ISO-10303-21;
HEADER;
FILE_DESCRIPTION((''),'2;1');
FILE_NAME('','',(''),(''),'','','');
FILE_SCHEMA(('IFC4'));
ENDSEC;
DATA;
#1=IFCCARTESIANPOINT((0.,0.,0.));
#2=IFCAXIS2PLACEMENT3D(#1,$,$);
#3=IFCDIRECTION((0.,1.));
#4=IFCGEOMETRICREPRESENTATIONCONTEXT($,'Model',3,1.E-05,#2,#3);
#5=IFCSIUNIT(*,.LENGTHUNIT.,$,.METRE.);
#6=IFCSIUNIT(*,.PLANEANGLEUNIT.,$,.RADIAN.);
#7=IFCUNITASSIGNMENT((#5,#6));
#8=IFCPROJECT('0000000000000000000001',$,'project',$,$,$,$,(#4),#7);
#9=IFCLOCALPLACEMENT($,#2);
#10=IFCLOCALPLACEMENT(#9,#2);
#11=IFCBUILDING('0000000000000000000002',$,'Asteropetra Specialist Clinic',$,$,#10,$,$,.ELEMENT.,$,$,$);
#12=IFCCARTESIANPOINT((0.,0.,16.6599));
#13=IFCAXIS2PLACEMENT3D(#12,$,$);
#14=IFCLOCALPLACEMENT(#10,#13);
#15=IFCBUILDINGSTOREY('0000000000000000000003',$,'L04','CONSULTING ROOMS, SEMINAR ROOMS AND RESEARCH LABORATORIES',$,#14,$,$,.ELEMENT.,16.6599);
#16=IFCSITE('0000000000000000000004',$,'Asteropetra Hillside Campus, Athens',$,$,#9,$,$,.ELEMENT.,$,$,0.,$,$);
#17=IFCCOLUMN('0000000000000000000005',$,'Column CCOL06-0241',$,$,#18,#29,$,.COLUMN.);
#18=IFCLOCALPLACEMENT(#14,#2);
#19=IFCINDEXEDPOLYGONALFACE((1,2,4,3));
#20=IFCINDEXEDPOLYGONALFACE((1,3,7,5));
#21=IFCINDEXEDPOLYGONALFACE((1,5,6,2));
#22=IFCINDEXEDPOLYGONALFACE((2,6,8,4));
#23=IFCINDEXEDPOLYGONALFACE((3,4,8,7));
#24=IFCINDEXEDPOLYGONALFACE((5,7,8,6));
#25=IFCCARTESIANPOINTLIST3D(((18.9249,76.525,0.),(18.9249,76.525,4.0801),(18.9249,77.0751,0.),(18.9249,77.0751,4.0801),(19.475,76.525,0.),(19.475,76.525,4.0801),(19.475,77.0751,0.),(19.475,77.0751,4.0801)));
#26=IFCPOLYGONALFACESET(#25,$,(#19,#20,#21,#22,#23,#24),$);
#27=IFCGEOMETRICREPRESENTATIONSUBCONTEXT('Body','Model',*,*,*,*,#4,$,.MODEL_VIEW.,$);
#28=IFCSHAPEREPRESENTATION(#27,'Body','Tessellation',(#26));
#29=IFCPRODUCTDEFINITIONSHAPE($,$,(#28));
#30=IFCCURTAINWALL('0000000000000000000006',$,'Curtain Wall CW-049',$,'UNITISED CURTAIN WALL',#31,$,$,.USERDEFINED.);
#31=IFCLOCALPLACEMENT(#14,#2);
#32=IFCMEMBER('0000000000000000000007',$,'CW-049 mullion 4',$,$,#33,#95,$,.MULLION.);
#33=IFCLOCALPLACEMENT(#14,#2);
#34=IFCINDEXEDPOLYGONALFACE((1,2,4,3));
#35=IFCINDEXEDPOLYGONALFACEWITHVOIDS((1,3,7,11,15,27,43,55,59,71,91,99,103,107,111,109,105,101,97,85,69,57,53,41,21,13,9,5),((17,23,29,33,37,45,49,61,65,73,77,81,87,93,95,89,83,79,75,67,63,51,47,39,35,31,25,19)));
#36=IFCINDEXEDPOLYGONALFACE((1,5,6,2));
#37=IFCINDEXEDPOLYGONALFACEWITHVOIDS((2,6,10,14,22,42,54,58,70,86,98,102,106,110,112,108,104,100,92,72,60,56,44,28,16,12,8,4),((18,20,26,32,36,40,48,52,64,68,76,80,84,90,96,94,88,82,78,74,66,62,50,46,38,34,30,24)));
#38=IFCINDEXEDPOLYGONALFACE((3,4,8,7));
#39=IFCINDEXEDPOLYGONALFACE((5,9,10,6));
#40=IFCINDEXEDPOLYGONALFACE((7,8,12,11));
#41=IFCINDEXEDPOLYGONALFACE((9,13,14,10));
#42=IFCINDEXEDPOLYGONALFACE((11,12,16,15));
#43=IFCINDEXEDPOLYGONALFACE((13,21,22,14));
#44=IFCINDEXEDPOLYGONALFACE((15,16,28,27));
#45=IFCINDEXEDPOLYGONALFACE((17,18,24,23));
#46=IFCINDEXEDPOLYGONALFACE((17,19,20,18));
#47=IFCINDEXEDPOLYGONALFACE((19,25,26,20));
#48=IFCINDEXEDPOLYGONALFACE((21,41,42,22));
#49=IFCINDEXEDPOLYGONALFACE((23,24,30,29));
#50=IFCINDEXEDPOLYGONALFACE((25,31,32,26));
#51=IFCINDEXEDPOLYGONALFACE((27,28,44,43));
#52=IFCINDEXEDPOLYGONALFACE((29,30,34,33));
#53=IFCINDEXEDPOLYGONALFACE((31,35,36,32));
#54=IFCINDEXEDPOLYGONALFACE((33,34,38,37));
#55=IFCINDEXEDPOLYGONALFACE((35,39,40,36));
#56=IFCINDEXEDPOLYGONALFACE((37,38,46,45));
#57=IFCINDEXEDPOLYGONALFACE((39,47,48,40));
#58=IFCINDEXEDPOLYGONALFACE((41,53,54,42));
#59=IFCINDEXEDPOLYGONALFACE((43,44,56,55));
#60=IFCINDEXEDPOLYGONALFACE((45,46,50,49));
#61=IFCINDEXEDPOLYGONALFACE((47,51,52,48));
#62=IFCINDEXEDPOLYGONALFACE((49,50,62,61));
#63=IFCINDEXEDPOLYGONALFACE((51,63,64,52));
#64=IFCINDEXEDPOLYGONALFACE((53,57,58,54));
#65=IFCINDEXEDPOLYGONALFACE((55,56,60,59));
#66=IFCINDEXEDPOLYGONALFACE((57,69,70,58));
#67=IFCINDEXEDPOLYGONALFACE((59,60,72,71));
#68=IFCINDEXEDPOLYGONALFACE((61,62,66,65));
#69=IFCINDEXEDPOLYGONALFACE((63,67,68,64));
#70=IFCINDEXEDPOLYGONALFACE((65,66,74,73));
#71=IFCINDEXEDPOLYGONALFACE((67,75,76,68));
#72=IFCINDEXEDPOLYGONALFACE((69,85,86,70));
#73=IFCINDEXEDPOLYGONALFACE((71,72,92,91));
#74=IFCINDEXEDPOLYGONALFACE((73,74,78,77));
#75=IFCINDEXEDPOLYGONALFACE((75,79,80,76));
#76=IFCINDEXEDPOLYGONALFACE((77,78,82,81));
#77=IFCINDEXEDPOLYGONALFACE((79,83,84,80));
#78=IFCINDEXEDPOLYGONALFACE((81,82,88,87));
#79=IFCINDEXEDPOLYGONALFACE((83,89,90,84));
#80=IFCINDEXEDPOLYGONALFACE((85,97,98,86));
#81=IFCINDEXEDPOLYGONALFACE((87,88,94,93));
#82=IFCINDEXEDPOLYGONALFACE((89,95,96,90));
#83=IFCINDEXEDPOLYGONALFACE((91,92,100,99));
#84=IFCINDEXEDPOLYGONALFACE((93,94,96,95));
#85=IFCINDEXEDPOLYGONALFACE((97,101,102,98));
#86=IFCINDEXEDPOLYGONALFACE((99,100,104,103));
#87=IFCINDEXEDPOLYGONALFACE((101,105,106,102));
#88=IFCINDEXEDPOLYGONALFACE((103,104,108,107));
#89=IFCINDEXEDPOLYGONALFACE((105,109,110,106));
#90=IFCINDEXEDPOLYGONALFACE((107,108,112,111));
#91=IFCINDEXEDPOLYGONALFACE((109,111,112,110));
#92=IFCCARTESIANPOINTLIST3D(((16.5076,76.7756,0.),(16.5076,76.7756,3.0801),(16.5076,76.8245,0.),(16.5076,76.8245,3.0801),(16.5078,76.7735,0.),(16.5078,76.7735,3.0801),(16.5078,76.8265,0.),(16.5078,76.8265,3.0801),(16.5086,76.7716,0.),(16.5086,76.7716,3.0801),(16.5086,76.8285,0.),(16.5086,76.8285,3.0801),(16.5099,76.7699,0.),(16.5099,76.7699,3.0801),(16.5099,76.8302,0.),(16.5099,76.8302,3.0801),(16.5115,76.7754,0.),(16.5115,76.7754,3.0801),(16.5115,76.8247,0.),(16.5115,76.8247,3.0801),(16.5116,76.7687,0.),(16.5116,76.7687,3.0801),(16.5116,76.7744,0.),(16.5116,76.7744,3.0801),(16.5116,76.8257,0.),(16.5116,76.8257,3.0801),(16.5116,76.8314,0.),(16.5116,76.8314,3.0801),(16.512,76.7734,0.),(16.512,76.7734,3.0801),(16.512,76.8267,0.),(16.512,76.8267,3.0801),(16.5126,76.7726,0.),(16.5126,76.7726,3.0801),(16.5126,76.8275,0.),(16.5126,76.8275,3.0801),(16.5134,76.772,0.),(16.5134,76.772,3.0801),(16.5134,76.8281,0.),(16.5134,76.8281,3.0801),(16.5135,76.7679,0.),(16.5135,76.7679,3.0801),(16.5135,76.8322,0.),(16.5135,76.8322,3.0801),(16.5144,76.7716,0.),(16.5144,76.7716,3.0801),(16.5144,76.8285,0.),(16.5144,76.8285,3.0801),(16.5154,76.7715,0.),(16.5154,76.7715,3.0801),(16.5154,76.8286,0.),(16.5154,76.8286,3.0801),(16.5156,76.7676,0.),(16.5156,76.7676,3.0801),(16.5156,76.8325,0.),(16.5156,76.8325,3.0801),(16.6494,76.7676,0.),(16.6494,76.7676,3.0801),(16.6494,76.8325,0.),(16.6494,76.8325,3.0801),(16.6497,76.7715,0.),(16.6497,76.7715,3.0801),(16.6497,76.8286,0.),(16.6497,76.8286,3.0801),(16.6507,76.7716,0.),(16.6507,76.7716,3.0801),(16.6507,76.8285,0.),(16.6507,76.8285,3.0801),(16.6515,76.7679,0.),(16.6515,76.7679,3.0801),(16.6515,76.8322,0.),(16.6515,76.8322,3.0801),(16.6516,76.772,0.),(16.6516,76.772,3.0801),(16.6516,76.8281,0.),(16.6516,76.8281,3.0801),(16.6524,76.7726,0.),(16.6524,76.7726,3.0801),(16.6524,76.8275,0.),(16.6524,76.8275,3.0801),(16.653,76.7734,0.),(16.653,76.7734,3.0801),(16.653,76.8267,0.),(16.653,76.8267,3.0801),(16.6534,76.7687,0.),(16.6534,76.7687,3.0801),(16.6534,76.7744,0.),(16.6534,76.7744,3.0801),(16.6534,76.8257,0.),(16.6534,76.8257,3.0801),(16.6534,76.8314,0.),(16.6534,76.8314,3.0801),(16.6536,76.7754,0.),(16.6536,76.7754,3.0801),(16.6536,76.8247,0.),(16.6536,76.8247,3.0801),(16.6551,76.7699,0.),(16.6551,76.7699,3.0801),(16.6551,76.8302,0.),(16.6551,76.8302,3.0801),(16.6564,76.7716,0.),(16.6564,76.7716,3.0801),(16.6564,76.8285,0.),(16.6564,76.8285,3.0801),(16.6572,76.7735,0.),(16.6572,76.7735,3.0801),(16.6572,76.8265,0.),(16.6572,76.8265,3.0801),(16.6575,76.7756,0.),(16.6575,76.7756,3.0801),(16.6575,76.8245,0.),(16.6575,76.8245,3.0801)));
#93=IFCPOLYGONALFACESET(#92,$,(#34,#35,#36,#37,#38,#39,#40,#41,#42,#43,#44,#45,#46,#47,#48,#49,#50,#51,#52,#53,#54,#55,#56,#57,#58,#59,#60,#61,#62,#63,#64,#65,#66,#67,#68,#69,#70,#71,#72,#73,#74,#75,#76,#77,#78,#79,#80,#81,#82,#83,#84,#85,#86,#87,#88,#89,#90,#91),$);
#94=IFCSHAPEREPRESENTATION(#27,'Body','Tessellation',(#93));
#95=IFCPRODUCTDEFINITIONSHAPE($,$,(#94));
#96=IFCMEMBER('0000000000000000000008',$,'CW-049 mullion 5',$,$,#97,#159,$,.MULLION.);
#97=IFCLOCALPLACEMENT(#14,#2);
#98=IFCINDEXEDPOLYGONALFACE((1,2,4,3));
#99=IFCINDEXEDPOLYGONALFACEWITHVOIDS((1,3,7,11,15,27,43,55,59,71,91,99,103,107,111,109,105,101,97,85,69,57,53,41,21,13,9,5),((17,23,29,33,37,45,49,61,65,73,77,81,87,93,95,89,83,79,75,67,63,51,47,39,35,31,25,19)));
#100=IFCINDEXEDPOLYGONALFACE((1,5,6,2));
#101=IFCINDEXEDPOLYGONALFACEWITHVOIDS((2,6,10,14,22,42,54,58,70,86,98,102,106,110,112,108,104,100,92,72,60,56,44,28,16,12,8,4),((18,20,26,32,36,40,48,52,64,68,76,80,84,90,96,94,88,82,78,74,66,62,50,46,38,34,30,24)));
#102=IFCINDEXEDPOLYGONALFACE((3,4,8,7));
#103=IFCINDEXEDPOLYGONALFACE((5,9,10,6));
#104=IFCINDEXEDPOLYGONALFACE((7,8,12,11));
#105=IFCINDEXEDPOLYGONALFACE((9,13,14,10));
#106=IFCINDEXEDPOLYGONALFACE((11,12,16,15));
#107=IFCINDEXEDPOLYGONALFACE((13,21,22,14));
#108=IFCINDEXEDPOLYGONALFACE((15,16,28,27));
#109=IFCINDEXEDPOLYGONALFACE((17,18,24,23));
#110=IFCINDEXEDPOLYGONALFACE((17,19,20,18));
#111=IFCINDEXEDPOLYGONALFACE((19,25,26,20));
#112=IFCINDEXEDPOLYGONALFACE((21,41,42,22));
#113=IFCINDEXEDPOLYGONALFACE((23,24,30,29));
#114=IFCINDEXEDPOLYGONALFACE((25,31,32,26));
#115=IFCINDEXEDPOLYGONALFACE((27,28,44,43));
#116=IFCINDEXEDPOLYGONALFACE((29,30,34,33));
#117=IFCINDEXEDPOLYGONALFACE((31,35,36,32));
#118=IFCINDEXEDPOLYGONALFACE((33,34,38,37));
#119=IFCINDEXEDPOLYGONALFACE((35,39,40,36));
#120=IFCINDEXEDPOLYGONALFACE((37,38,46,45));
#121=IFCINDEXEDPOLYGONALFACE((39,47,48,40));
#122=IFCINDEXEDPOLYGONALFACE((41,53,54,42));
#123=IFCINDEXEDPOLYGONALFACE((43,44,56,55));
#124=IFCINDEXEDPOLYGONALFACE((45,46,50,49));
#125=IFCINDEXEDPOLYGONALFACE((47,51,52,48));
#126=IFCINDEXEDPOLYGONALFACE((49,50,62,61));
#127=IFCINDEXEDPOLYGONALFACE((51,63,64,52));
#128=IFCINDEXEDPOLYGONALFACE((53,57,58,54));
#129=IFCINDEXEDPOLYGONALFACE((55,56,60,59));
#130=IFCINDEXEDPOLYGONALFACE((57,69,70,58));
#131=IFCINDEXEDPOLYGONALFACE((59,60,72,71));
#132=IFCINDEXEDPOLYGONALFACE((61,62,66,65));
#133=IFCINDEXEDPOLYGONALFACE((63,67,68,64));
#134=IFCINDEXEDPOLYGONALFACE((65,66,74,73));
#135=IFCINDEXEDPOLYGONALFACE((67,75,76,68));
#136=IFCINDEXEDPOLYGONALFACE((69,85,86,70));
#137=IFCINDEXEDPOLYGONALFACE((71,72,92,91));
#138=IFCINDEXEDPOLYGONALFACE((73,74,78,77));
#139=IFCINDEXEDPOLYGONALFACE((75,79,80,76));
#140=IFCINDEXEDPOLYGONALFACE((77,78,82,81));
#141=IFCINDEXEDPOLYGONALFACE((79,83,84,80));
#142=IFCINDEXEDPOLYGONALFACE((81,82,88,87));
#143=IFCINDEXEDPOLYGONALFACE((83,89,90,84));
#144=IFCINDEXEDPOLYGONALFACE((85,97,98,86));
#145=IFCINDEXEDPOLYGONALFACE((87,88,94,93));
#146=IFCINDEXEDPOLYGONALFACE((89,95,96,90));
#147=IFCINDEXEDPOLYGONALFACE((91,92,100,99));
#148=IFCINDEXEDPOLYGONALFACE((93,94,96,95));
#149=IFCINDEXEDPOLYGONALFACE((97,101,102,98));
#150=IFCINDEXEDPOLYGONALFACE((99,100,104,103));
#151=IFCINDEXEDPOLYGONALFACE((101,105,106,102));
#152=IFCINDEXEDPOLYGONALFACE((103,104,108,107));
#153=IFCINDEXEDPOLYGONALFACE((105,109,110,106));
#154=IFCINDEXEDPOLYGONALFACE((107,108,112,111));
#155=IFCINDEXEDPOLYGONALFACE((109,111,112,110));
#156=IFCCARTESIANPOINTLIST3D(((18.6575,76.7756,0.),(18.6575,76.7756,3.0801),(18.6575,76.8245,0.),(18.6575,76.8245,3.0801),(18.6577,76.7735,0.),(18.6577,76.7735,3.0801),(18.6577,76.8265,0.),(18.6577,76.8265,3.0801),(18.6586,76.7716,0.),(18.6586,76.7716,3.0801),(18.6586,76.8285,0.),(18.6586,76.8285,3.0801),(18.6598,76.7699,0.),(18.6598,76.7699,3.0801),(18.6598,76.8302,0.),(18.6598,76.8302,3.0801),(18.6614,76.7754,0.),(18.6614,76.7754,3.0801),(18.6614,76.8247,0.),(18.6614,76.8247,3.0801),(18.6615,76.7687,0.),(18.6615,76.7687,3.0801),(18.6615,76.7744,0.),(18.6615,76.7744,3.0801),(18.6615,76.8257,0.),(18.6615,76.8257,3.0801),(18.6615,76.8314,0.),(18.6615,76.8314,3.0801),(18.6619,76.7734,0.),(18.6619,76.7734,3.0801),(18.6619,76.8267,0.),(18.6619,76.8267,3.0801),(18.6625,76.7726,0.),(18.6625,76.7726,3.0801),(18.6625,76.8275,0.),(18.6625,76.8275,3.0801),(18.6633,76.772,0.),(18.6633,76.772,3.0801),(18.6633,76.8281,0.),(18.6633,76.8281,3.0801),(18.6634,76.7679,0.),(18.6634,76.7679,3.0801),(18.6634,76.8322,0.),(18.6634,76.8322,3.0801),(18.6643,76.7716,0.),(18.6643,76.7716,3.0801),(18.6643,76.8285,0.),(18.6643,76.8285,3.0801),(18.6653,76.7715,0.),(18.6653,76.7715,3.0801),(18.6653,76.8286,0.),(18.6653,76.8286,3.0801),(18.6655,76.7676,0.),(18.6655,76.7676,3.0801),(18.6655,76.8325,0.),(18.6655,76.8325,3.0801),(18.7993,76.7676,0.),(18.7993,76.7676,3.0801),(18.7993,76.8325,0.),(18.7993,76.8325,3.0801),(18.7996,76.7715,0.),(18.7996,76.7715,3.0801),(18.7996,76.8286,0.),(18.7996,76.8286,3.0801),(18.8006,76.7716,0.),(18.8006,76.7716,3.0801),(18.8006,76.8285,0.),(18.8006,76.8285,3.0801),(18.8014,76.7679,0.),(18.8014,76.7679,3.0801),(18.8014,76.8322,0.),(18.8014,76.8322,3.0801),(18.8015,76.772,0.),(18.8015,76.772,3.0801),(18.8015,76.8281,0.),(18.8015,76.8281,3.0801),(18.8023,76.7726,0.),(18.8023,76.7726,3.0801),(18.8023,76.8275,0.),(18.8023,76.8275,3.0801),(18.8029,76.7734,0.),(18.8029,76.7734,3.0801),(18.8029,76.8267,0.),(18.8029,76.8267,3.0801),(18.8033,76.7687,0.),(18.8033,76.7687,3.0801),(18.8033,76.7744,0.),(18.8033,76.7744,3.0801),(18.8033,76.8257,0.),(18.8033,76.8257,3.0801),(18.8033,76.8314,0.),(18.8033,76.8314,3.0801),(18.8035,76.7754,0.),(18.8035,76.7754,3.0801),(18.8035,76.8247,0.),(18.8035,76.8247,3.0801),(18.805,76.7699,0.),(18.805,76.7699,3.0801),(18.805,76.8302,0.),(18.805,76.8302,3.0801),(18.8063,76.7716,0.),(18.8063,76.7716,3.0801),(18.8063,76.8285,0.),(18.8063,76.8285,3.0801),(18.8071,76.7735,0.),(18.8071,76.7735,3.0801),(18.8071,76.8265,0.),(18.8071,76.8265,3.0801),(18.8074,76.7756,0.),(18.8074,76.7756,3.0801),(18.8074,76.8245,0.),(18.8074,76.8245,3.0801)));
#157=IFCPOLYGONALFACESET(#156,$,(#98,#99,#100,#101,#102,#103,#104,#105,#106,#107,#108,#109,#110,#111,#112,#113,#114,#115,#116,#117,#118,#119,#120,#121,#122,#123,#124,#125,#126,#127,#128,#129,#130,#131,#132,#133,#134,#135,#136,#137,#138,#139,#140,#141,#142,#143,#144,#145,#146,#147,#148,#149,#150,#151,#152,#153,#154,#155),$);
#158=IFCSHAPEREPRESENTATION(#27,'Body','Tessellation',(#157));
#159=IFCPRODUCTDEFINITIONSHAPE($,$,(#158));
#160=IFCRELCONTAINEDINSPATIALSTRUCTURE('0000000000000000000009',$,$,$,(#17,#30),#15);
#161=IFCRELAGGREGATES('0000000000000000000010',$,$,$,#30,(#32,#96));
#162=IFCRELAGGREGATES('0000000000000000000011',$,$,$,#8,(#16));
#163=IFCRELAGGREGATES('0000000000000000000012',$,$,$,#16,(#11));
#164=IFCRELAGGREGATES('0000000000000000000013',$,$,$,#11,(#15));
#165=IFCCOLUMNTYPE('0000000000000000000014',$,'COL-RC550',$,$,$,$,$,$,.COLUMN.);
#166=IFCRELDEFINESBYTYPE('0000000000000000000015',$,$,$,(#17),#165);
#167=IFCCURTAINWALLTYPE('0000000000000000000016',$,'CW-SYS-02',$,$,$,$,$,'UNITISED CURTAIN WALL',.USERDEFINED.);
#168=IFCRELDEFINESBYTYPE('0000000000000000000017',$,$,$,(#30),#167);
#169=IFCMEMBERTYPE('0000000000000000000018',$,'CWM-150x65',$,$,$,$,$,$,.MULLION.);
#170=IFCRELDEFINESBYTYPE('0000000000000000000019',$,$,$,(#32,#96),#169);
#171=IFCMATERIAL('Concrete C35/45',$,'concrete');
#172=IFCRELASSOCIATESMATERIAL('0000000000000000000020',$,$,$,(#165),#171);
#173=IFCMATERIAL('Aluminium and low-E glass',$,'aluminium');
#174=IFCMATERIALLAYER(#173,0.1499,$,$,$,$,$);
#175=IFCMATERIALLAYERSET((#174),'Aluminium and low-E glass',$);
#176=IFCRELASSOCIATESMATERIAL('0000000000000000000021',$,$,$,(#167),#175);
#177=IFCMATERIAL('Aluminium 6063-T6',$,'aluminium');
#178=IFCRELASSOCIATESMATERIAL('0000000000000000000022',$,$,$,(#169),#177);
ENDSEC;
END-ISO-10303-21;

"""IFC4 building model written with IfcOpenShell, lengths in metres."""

from ifc_helpers import new_model, si_unit, direction, frame, origin, origin_2d, place, context, subcontext, project, spatial, rectangle, hollow_rectangle, extrude, material, layer, layer_set, material_profile, profile_set, type_object, element, aggregate, save


model = new_model("IFC4")

# Units and contexts
model_context = context("Model", 3, precision=1e-05, world=origin(), true_north=direction((0.0, 1.0)))
body_context = subcontext(model_context, "Body", "Model", "MODEL_VIEW")
ifc_project = project(units=[si_unit("LENGTHUNIT", "METRE"), si_unit("PLANEANGLEUNIT", "RADIAN")], contexts=[model_context])

# Site, building, storey
site_placement = place(None, origin())
site = spatial("IfcSite", under=ifc_project, at=site_placement, Name="Asteropetra Hillside Campus, Athens", CompositionType="ELEMENT", RefElevation=0.0)
building_placement = place(site_placement, origin())
building = spatial("IfcBuilding", under=site, at=building_placement, Name="Asteropetra Specialist Clinic", CompositionType="ELEMENT")
storey_placement = place(building_placement, frame((0.0, 0.0, 16.6599)))
storey = spatial("IfcBuildingStorey", under=building, at=storey_placement, Name="L04", Description="CONSULTING ROOMS, SEMINAR ROOMS AND RESEARCH LABORATORIES", CompositionType="ELEMENT", Elevation=16.6599)

# Column
ifc_material_1 = material(Name="Concrete C35/45", Category="concrete")
ifc_material_profile_1 = material_profile(ifc_material_1, rectangle(XDim=0.55, YDim=0.55, at=origin_2d()), Name="RC 550x550")
ifc_profile_set_1 = profile_set([ifc_material_profile_1], Name="Concrete C35/45")
column_type = type_object("IfcColumnType", Name="COL-RC550", PredefinedType="COLUMN", material=ifc_profile_set_1)
column_placement = place(storey_placement, frame((19.2, 76.8, 0.0), z_axis=(0.0, 0.0, 1.0), x_axis=(1.0, 0.0, 0.0)))
element("IfcColumn", 1, at=column_placement, inside=storey, type_object=column_type, Name="Column CCOL06-0241", PredefinedType="COLUMN", context=body_context, shape_type="SweptSolid", body=[
    extrude(rectangle(XDim=0.55, YDim=0.55, at=origin_2d()), origin(), (0.0, 0.0, 1.0), 4.0801),
])

# Curtain wall, members
ifc_material_2 = material(Name="Aluminium and low-E glass", Category="aluminium")
ifc_layer_1 = layer(ifc_material_2, 0.1499)
ifc_layer_set_1 = layer_set([ifc_layer_1], Name="Aluminium and low-E glass")
curtain_wall_type_1 = type_object("IfcCurtainWallType", Name="CW-SYS-02", ElementType="UNITISED CURTAIN WALL", PredefinedType="USERDEFINED", material=ifc_layer_set_1)
curtain_wall_1_placement = place(storey_placement, origin())
curtain_wall_1 = element("IfcCurtainWall", 2, at=curtain_wall_1_placement, inside=storey, type_object=curtain_wall_type_1, Name="Curtain Wall CW-049", ObjectType="UNITISED CURTAIN WALL", PredefinedType="USERDEFINED")
ifc_material_3 = material(Name="Aluminium 6063-T6", Category="aluminium")
ifc_material_profile_2 = material_profile(ifc_material_3, hollow_rectangle(XDim=0.0649, YDim=0.1499, WallThickness=0.0039, InnerFilletRadius=0.0039, OuterFilletRadius=0.0081, at=origin_2d()), Name="MUL 150x65x4.0")
ifc_profile_set_2 = profile_set([ifc_material_profile_2], Name="Aluminium 6063-T6")
member_type_1 = type_object("IfcMemberType", Name="CWM-150x65", PredefinedType="MULLION", material=ifc_profile_set_2)
member_1_placement = place(storey_placement, frame((16.5825, 76.8, 0.0), z_axis=(0.0, 0.0, 1.0), x_axis=(0.0, 1.0, 0.0)))
member_1 = element("IfcMember", 3, at=member_1_placement, type_object=member_type_1, Name="CW-049 mullion 4", PredefinedType="MULLION", context=body_context, shape_type="SweptSolid", body=[
    extrude(hollow_rectangle(XDim=0.0649, YDim=0.1499, WallThickness=0.0039, InnerFilletRadius=0.0039, OuterFilletRadius=0.0081, at=origin_2d()), origin(), (0.0, 0.0, 1.0), 3.0801),
])
member_2_placement = place(storey_placement, frame((18.7324, 76.8, 0.0), z_axis=(0.0, 0.0, 1.0), x_axis=(0.0, 1.0, 0.0)))
member_2 = element("IfcMember", 4, at=member_2_placement, type_object=member_type_1, Name="CW-049 mullion 5", PredefinedType="MULLION", context=body_context, shape_type="SweptSolid", body=[
    extrude(hollow_rectangle(XDim=0.0649, YDim=0.1499, WallThickness=0.0039, InnerFilletRadius=0.0039, OuterFilletRadius=0.0081, at=origin_2d()), origin(), (0.0, 0.0, 1.0), 3.0801),
])

aggregate(curtain_wall_1, [member_1, member_2])

save(model, "model.ifc")
